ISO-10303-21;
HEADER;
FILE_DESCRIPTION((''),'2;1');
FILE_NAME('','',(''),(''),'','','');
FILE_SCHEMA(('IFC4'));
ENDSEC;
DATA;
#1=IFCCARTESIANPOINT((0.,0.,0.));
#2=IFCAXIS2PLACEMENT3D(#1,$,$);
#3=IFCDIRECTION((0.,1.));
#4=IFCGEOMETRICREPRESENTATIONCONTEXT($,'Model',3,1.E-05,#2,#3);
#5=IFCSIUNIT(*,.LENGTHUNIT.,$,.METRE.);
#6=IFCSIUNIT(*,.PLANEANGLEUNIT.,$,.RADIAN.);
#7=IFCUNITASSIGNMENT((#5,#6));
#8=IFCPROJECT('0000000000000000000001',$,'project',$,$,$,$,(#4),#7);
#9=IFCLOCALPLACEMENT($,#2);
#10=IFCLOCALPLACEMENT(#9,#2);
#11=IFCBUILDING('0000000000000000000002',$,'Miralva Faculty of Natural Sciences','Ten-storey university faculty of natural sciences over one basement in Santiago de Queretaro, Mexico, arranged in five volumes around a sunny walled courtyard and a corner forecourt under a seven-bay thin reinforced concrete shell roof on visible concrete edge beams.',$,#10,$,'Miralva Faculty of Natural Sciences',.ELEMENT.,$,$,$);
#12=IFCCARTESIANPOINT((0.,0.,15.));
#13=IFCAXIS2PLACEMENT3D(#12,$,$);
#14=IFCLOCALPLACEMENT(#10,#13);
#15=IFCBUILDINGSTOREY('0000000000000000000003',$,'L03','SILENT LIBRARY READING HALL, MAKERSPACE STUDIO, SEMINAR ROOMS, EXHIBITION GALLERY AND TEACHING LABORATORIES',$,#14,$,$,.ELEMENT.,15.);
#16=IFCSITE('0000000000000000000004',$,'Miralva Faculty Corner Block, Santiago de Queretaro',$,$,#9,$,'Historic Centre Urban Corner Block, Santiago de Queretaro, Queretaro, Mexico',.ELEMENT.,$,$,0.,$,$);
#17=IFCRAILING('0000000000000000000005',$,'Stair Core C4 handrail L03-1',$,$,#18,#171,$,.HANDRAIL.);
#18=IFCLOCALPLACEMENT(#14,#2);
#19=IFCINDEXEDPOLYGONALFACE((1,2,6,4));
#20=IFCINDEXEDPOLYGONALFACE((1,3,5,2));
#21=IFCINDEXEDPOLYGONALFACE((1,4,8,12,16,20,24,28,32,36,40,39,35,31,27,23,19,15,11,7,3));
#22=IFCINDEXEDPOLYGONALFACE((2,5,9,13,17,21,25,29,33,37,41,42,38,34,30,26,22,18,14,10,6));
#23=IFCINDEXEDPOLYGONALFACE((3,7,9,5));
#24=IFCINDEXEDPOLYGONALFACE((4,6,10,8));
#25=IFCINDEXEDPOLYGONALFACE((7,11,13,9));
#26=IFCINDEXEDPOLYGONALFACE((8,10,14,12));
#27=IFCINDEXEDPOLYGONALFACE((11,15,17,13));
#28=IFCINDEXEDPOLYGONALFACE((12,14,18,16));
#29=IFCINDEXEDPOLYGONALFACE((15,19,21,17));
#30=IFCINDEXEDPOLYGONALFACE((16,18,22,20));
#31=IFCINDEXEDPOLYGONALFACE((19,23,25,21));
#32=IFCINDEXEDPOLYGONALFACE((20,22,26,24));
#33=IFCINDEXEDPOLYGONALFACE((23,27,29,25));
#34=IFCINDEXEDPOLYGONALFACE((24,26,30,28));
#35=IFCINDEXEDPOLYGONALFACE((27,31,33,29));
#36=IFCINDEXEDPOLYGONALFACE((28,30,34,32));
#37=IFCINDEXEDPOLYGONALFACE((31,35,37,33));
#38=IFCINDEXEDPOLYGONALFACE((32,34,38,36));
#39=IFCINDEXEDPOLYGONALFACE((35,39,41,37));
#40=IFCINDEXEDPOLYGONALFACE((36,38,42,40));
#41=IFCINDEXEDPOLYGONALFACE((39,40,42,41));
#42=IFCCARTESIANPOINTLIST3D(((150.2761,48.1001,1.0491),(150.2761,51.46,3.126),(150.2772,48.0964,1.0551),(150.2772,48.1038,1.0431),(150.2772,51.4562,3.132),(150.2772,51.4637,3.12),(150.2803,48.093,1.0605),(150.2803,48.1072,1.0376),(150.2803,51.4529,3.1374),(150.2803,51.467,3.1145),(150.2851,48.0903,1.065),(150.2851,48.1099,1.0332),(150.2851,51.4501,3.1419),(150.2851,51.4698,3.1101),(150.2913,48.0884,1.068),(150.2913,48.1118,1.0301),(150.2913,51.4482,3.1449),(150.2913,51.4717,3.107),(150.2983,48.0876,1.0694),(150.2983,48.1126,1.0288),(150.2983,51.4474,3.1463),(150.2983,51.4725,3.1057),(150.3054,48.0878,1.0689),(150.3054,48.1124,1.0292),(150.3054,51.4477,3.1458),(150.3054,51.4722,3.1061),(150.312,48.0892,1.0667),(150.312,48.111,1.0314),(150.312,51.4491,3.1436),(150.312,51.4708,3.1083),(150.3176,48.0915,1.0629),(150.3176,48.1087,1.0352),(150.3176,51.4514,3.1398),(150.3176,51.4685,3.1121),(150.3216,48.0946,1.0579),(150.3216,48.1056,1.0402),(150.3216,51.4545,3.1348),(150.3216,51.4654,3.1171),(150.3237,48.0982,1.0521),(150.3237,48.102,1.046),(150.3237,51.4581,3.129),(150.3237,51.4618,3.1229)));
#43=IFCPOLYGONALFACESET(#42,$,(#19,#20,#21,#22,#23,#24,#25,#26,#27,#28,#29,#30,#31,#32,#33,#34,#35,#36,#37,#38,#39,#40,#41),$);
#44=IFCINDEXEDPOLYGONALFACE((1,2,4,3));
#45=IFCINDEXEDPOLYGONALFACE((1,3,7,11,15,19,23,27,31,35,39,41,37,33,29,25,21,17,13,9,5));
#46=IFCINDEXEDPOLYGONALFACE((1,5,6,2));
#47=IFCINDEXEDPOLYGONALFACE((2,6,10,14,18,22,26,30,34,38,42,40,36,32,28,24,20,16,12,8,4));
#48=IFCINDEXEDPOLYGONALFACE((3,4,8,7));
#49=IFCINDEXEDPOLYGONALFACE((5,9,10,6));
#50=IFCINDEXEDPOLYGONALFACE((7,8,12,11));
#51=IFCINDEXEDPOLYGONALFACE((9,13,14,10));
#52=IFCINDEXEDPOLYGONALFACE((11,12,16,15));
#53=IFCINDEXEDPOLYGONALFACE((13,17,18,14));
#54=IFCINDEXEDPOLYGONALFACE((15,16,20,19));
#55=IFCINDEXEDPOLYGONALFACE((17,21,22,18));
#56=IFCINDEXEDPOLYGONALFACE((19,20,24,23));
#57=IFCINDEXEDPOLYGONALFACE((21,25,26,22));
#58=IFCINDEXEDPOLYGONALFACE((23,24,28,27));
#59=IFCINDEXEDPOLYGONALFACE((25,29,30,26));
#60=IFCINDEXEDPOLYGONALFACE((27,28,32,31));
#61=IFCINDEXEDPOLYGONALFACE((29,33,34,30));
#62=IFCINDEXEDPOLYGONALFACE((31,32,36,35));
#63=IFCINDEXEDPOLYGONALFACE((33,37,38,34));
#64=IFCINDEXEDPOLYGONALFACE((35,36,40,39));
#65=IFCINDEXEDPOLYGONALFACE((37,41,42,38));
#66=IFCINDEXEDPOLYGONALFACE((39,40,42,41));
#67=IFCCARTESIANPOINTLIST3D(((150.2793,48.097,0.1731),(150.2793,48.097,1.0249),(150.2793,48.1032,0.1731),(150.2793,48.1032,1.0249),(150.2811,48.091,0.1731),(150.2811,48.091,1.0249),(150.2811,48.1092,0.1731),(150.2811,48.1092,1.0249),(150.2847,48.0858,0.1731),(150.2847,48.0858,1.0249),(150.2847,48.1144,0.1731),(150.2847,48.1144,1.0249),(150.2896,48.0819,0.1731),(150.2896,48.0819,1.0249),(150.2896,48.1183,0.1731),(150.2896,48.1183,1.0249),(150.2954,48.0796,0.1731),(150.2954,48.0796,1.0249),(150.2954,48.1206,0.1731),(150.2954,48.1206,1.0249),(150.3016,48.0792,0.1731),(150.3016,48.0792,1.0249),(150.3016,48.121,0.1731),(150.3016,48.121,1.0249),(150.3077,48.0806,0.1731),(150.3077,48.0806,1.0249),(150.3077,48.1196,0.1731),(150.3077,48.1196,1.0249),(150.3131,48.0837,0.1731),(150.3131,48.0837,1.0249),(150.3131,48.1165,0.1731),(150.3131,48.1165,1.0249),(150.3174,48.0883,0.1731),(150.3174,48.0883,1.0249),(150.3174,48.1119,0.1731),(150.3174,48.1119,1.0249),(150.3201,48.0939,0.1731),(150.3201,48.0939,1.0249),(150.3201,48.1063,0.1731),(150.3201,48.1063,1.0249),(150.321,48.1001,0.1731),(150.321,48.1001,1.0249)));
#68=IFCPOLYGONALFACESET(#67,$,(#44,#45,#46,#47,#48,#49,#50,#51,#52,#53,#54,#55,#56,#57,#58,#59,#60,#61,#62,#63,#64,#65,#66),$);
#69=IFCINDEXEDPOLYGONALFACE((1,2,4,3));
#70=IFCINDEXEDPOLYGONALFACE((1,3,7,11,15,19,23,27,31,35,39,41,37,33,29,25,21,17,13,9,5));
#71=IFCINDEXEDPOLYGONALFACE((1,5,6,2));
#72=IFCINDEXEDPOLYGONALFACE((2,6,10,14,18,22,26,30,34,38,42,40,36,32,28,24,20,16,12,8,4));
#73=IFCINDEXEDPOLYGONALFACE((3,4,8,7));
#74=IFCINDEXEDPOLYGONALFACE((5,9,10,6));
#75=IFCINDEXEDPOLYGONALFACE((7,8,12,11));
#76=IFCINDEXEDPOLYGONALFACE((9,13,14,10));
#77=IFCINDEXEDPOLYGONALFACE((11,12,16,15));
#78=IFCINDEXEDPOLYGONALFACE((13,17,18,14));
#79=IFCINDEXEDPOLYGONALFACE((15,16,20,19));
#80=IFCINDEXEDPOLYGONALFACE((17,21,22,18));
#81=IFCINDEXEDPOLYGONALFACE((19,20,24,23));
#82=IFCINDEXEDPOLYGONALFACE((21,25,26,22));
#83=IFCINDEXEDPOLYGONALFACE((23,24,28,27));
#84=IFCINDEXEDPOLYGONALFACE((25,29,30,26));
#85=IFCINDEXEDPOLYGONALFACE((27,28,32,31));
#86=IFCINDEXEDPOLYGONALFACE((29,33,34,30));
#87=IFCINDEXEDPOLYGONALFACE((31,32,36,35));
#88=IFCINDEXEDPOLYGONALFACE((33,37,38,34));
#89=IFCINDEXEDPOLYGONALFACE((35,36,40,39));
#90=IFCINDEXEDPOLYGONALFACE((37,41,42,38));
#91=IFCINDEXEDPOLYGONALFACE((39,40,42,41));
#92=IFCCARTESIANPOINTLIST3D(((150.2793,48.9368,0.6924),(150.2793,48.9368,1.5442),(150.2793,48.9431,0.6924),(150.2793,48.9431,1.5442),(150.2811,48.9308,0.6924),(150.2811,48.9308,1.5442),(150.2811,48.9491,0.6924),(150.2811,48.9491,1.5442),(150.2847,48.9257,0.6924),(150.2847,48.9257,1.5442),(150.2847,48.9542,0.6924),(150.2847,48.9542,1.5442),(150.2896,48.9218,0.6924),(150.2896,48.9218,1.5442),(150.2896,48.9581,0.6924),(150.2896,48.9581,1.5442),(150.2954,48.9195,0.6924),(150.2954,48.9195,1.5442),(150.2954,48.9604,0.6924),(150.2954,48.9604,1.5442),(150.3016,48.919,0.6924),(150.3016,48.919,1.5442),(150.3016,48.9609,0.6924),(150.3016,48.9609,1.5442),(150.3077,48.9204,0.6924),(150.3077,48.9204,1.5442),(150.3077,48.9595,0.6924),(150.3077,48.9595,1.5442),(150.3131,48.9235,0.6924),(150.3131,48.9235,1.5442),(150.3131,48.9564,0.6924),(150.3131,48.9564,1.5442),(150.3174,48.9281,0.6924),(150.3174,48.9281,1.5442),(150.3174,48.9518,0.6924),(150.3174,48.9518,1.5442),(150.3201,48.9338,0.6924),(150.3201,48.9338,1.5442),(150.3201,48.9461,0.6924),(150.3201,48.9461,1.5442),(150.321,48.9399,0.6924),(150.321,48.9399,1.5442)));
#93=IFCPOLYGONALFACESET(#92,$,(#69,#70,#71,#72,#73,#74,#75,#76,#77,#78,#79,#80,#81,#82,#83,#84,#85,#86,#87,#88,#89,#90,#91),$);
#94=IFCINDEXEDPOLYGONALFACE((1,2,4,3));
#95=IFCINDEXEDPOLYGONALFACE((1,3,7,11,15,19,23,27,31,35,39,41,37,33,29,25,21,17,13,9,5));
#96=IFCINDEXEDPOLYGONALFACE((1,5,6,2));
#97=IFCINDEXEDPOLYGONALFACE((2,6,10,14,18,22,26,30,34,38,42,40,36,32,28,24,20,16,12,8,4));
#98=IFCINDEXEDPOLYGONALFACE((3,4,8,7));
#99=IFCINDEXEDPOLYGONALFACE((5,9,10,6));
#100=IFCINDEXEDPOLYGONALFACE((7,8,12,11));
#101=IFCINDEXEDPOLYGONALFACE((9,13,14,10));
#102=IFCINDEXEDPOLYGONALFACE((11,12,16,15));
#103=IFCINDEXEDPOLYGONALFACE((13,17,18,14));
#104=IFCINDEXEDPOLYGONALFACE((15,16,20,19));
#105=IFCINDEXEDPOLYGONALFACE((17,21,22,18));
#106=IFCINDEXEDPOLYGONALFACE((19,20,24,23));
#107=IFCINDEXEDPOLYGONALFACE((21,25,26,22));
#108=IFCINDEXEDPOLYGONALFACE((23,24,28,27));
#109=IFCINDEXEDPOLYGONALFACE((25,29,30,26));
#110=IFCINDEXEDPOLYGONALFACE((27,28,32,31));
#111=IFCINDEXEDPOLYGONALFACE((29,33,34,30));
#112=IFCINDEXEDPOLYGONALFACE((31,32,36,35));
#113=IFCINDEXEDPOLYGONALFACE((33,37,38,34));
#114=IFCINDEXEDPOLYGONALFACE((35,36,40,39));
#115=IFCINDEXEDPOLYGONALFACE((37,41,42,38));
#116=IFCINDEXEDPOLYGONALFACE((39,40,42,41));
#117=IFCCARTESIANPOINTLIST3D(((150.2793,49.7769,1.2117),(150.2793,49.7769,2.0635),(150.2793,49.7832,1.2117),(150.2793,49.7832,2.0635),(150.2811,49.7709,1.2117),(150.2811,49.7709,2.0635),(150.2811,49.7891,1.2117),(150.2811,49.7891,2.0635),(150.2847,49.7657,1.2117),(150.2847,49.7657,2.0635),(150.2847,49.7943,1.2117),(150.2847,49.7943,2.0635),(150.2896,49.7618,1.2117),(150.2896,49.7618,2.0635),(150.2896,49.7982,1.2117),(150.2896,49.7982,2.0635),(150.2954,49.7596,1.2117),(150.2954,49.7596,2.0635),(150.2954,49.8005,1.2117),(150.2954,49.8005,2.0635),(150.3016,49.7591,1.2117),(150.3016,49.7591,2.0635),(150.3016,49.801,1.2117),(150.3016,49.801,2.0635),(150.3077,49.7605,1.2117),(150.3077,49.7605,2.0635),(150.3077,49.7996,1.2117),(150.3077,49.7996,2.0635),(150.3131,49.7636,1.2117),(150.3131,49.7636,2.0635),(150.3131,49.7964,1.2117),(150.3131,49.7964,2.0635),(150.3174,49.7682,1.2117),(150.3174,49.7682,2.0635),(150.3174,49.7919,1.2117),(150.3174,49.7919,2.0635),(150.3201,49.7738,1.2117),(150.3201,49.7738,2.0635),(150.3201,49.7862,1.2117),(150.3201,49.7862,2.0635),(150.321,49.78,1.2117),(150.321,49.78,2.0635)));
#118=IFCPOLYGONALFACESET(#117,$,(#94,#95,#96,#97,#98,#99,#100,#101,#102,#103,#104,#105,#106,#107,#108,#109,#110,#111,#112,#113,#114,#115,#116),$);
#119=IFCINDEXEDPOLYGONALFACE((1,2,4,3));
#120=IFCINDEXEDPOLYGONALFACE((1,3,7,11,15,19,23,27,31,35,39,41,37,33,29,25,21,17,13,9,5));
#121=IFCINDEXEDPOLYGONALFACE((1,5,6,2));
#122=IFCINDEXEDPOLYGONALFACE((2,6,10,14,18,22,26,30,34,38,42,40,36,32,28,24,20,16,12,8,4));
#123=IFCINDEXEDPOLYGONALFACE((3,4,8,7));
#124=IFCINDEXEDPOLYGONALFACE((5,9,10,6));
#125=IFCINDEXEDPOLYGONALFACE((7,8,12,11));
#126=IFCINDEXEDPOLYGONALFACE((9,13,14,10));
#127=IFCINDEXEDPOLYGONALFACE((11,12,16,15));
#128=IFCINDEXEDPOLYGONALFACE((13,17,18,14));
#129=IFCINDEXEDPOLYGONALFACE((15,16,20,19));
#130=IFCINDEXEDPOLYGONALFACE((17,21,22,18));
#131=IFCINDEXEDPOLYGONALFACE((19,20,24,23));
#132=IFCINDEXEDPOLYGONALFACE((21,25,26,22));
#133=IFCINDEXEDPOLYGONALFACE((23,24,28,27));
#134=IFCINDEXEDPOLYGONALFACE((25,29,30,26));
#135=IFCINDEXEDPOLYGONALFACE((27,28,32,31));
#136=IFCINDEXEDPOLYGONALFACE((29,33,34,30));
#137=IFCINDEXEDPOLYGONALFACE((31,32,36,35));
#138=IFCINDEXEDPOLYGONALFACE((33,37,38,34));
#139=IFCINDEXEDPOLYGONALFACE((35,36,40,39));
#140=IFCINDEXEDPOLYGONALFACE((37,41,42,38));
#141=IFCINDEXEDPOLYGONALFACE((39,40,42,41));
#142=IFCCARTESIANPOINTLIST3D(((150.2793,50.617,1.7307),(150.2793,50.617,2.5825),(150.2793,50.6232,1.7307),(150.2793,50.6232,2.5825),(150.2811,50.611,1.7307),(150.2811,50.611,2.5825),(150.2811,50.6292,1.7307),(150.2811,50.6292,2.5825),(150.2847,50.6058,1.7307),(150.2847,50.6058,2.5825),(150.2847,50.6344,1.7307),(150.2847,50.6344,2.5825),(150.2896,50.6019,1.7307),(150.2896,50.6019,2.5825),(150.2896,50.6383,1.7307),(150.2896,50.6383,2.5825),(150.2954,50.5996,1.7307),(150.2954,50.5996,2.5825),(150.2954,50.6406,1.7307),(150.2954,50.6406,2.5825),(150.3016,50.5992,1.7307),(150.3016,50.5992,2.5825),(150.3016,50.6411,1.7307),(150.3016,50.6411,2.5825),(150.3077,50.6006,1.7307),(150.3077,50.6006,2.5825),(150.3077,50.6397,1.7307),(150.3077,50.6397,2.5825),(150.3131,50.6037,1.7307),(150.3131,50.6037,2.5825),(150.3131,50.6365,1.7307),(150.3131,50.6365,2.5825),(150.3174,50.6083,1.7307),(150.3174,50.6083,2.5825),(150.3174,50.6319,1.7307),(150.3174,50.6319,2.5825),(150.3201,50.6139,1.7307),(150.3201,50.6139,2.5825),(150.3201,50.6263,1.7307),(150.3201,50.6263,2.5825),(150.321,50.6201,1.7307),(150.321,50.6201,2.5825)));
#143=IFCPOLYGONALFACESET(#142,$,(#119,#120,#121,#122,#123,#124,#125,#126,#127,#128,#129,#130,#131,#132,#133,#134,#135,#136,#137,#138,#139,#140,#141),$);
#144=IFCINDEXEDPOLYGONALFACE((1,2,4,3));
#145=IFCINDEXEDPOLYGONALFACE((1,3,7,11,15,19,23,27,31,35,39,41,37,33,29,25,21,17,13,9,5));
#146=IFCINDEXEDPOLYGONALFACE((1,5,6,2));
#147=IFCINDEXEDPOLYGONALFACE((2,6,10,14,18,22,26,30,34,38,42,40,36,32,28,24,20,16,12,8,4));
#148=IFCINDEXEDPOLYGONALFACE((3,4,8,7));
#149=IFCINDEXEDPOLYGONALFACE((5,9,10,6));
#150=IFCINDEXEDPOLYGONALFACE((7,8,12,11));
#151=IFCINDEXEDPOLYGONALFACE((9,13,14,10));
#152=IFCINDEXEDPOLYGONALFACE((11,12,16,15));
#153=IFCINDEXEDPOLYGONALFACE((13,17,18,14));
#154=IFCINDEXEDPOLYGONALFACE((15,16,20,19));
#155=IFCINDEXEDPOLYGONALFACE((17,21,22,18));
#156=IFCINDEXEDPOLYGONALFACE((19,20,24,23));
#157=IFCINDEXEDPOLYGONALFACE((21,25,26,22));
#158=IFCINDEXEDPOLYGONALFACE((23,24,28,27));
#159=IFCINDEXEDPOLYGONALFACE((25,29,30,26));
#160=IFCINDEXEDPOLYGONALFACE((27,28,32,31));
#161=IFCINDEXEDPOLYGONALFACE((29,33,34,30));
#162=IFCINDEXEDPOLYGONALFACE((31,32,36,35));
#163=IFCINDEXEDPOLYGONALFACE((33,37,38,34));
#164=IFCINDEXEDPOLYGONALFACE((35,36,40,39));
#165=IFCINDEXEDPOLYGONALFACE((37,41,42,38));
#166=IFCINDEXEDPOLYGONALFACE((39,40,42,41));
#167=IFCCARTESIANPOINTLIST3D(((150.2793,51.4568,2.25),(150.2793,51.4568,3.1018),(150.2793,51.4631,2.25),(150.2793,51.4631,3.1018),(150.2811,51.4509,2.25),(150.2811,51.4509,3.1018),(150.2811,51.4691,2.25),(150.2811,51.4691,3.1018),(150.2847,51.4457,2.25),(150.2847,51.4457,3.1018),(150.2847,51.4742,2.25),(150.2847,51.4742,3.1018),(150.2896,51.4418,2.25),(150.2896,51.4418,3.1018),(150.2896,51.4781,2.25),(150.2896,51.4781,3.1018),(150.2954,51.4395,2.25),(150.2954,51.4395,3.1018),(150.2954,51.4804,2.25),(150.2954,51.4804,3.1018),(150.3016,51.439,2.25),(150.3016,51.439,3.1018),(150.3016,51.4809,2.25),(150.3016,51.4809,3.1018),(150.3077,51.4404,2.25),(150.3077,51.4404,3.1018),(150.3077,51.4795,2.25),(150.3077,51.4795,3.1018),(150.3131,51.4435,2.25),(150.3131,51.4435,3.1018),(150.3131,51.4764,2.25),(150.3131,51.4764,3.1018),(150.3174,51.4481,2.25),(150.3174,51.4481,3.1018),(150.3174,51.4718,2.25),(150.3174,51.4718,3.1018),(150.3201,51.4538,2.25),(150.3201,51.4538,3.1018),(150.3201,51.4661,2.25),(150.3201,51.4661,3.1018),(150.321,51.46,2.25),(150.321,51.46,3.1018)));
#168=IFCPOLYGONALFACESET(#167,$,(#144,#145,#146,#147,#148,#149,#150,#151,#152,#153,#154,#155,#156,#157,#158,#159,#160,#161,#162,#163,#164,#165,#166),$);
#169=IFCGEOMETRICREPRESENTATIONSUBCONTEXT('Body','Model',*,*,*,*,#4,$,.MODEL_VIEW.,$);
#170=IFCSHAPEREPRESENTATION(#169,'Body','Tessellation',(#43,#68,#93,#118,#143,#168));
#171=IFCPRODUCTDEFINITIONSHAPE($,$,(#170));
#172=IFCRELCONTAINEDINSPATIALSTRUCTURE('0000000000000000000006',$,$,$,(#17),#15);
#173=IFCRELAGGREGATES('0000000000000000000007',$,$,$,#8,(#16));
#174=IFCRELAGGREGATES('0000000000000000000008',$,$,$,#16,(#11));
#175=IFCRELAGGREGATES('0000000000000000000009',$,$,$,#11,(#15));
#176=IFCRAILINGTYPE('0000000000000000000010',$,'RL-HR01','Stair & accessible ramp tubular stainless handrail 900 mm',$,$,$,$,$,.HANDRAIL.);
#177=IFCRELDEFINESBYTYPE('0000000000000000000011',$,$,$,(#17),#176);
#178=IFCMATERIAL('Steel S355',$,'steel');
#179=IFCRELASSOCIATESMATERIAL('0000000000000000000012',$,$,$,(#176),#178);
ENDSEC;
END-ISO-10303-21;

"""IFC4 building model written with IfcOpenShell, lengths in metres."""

from ifc_helpers import new_model, si_unit, direction, frame, origin, origin_2d, place, context, subcontext, project, spatial, circle, extrude, material, type_object, element, save


model = new_model("IFC4")

# Units and contexts
model_context = context("Model", 3, precision=1e-05, world=origin(), true_north=direction((0.0, 1.0)))
body_context = subcontext(model_context, "Body", "Model", "MODEL_VIEW")
ifc_project = project(units=[si_unit("LENGTHUNIT", "METRE"), si_unit("PLANEANGLEUNIT", "RADIAN")], contexts=[model_context])

# Site, building, storey
site_placement = place(None, origin())
site = spatial("IfcSite", under=ifc_project, at=site_placement, Name="Miralva Faculty Corner Block, Santiago de Queretaro", LongName="Historic Centre Urban Corner Block, Santiago de Queretaro, Queretaro, Mexico", CompositionType="ELEMENT", RefElevation=0.0)
building_placement = place(site_placement, origin())
building = spatial("IfcBuilding", under=site, at=building_placement, Name="Miralva Faculty of Natural Sciences", Description="Ten-storey university faculty of natural sciences over one basement in Santiago de Queretaro, Mexico, arranged in five volumes around a sunny walled courtyard and a corner forecourt under a seven-bay thin reinforced concrete shell roof on visible concrete edge beams.", LongName="Miralva Faculty of Natural Sciences", CompositionType="ELEMENT")
storey_placement = place(building_placement, frame((0.0, 0.0, 15.0)))
storey = spatial("IfcBuildingStorey", under=building, at=storey_placement, Name="L03", Description="SILENT LIBRARY READING HALL, MAKERSPACE STUDIO, SEMINAR ROOMS, EXHIBITION GALLERY AND TEACHING LABORATORIES", CompositionType="ELEMENT", Elevation=15.0)

# Shared definitions
ifc_material_1 = material(Name="Steel S355", Category="steel")

# Railing
railing_type_1 = type_object("IfcRailingType", Name="RL-HR01", Description="Stair & accessible ramp tubular stainless handrail 900 mm", PredefinedType="HANDRAIL", material=ifc_material_1)
railing_1_placement = place(storey_placement, frame((150.3, 48.1001, 0.1731)))
element("IfcRailing", 1, at=railing_1_placement, inside=storey, type_object=railing_type_1, Name="Stair Core C4 handrail L03-1", PredefinedType="HANDRAIL", context=body_context, shape_type="SweptSolid", body=[
    extrude(circle(Radius=0.0239, at=origin_2d()), frame((0.0, 0.0, 0.876), z_axis=(0.0, 0.850606, 0.525803), x_axis=(-1.0, 0.0, 0.0)), (0.0, 0.0, 1.0), 3.95),
    extrude(circle(Radius=0.021, at=origin_2d()), origin(), (0.0, 0.0, 1.0), 0.8518),
    extrude(circle(Radius=0.021, at=origin_2d()), frame((0.0, 0.8398, 0.5193)), (0.0, 0.0, 1.0), 0.8518),
    extrude(circle(Radius=0.021, at=origin_2d()), frame((0.0, 1.6799, 1.0386)), (0.0, 0.0, 1.0), 0.8518),
    extrude(circle(Radius=0.021, at=origin_2d()), frame((0.0, 2.52, 1.5576)), (0.0, 0.0, 1.0), 0.8518),
    extrude(circle(Radius=0.021, at=origin_2d()), frame((0.0, 3.3599, 2.0769)), (0.0, 0.0, 1.0), 0.8518),
])

save(model, "model.ifc")
